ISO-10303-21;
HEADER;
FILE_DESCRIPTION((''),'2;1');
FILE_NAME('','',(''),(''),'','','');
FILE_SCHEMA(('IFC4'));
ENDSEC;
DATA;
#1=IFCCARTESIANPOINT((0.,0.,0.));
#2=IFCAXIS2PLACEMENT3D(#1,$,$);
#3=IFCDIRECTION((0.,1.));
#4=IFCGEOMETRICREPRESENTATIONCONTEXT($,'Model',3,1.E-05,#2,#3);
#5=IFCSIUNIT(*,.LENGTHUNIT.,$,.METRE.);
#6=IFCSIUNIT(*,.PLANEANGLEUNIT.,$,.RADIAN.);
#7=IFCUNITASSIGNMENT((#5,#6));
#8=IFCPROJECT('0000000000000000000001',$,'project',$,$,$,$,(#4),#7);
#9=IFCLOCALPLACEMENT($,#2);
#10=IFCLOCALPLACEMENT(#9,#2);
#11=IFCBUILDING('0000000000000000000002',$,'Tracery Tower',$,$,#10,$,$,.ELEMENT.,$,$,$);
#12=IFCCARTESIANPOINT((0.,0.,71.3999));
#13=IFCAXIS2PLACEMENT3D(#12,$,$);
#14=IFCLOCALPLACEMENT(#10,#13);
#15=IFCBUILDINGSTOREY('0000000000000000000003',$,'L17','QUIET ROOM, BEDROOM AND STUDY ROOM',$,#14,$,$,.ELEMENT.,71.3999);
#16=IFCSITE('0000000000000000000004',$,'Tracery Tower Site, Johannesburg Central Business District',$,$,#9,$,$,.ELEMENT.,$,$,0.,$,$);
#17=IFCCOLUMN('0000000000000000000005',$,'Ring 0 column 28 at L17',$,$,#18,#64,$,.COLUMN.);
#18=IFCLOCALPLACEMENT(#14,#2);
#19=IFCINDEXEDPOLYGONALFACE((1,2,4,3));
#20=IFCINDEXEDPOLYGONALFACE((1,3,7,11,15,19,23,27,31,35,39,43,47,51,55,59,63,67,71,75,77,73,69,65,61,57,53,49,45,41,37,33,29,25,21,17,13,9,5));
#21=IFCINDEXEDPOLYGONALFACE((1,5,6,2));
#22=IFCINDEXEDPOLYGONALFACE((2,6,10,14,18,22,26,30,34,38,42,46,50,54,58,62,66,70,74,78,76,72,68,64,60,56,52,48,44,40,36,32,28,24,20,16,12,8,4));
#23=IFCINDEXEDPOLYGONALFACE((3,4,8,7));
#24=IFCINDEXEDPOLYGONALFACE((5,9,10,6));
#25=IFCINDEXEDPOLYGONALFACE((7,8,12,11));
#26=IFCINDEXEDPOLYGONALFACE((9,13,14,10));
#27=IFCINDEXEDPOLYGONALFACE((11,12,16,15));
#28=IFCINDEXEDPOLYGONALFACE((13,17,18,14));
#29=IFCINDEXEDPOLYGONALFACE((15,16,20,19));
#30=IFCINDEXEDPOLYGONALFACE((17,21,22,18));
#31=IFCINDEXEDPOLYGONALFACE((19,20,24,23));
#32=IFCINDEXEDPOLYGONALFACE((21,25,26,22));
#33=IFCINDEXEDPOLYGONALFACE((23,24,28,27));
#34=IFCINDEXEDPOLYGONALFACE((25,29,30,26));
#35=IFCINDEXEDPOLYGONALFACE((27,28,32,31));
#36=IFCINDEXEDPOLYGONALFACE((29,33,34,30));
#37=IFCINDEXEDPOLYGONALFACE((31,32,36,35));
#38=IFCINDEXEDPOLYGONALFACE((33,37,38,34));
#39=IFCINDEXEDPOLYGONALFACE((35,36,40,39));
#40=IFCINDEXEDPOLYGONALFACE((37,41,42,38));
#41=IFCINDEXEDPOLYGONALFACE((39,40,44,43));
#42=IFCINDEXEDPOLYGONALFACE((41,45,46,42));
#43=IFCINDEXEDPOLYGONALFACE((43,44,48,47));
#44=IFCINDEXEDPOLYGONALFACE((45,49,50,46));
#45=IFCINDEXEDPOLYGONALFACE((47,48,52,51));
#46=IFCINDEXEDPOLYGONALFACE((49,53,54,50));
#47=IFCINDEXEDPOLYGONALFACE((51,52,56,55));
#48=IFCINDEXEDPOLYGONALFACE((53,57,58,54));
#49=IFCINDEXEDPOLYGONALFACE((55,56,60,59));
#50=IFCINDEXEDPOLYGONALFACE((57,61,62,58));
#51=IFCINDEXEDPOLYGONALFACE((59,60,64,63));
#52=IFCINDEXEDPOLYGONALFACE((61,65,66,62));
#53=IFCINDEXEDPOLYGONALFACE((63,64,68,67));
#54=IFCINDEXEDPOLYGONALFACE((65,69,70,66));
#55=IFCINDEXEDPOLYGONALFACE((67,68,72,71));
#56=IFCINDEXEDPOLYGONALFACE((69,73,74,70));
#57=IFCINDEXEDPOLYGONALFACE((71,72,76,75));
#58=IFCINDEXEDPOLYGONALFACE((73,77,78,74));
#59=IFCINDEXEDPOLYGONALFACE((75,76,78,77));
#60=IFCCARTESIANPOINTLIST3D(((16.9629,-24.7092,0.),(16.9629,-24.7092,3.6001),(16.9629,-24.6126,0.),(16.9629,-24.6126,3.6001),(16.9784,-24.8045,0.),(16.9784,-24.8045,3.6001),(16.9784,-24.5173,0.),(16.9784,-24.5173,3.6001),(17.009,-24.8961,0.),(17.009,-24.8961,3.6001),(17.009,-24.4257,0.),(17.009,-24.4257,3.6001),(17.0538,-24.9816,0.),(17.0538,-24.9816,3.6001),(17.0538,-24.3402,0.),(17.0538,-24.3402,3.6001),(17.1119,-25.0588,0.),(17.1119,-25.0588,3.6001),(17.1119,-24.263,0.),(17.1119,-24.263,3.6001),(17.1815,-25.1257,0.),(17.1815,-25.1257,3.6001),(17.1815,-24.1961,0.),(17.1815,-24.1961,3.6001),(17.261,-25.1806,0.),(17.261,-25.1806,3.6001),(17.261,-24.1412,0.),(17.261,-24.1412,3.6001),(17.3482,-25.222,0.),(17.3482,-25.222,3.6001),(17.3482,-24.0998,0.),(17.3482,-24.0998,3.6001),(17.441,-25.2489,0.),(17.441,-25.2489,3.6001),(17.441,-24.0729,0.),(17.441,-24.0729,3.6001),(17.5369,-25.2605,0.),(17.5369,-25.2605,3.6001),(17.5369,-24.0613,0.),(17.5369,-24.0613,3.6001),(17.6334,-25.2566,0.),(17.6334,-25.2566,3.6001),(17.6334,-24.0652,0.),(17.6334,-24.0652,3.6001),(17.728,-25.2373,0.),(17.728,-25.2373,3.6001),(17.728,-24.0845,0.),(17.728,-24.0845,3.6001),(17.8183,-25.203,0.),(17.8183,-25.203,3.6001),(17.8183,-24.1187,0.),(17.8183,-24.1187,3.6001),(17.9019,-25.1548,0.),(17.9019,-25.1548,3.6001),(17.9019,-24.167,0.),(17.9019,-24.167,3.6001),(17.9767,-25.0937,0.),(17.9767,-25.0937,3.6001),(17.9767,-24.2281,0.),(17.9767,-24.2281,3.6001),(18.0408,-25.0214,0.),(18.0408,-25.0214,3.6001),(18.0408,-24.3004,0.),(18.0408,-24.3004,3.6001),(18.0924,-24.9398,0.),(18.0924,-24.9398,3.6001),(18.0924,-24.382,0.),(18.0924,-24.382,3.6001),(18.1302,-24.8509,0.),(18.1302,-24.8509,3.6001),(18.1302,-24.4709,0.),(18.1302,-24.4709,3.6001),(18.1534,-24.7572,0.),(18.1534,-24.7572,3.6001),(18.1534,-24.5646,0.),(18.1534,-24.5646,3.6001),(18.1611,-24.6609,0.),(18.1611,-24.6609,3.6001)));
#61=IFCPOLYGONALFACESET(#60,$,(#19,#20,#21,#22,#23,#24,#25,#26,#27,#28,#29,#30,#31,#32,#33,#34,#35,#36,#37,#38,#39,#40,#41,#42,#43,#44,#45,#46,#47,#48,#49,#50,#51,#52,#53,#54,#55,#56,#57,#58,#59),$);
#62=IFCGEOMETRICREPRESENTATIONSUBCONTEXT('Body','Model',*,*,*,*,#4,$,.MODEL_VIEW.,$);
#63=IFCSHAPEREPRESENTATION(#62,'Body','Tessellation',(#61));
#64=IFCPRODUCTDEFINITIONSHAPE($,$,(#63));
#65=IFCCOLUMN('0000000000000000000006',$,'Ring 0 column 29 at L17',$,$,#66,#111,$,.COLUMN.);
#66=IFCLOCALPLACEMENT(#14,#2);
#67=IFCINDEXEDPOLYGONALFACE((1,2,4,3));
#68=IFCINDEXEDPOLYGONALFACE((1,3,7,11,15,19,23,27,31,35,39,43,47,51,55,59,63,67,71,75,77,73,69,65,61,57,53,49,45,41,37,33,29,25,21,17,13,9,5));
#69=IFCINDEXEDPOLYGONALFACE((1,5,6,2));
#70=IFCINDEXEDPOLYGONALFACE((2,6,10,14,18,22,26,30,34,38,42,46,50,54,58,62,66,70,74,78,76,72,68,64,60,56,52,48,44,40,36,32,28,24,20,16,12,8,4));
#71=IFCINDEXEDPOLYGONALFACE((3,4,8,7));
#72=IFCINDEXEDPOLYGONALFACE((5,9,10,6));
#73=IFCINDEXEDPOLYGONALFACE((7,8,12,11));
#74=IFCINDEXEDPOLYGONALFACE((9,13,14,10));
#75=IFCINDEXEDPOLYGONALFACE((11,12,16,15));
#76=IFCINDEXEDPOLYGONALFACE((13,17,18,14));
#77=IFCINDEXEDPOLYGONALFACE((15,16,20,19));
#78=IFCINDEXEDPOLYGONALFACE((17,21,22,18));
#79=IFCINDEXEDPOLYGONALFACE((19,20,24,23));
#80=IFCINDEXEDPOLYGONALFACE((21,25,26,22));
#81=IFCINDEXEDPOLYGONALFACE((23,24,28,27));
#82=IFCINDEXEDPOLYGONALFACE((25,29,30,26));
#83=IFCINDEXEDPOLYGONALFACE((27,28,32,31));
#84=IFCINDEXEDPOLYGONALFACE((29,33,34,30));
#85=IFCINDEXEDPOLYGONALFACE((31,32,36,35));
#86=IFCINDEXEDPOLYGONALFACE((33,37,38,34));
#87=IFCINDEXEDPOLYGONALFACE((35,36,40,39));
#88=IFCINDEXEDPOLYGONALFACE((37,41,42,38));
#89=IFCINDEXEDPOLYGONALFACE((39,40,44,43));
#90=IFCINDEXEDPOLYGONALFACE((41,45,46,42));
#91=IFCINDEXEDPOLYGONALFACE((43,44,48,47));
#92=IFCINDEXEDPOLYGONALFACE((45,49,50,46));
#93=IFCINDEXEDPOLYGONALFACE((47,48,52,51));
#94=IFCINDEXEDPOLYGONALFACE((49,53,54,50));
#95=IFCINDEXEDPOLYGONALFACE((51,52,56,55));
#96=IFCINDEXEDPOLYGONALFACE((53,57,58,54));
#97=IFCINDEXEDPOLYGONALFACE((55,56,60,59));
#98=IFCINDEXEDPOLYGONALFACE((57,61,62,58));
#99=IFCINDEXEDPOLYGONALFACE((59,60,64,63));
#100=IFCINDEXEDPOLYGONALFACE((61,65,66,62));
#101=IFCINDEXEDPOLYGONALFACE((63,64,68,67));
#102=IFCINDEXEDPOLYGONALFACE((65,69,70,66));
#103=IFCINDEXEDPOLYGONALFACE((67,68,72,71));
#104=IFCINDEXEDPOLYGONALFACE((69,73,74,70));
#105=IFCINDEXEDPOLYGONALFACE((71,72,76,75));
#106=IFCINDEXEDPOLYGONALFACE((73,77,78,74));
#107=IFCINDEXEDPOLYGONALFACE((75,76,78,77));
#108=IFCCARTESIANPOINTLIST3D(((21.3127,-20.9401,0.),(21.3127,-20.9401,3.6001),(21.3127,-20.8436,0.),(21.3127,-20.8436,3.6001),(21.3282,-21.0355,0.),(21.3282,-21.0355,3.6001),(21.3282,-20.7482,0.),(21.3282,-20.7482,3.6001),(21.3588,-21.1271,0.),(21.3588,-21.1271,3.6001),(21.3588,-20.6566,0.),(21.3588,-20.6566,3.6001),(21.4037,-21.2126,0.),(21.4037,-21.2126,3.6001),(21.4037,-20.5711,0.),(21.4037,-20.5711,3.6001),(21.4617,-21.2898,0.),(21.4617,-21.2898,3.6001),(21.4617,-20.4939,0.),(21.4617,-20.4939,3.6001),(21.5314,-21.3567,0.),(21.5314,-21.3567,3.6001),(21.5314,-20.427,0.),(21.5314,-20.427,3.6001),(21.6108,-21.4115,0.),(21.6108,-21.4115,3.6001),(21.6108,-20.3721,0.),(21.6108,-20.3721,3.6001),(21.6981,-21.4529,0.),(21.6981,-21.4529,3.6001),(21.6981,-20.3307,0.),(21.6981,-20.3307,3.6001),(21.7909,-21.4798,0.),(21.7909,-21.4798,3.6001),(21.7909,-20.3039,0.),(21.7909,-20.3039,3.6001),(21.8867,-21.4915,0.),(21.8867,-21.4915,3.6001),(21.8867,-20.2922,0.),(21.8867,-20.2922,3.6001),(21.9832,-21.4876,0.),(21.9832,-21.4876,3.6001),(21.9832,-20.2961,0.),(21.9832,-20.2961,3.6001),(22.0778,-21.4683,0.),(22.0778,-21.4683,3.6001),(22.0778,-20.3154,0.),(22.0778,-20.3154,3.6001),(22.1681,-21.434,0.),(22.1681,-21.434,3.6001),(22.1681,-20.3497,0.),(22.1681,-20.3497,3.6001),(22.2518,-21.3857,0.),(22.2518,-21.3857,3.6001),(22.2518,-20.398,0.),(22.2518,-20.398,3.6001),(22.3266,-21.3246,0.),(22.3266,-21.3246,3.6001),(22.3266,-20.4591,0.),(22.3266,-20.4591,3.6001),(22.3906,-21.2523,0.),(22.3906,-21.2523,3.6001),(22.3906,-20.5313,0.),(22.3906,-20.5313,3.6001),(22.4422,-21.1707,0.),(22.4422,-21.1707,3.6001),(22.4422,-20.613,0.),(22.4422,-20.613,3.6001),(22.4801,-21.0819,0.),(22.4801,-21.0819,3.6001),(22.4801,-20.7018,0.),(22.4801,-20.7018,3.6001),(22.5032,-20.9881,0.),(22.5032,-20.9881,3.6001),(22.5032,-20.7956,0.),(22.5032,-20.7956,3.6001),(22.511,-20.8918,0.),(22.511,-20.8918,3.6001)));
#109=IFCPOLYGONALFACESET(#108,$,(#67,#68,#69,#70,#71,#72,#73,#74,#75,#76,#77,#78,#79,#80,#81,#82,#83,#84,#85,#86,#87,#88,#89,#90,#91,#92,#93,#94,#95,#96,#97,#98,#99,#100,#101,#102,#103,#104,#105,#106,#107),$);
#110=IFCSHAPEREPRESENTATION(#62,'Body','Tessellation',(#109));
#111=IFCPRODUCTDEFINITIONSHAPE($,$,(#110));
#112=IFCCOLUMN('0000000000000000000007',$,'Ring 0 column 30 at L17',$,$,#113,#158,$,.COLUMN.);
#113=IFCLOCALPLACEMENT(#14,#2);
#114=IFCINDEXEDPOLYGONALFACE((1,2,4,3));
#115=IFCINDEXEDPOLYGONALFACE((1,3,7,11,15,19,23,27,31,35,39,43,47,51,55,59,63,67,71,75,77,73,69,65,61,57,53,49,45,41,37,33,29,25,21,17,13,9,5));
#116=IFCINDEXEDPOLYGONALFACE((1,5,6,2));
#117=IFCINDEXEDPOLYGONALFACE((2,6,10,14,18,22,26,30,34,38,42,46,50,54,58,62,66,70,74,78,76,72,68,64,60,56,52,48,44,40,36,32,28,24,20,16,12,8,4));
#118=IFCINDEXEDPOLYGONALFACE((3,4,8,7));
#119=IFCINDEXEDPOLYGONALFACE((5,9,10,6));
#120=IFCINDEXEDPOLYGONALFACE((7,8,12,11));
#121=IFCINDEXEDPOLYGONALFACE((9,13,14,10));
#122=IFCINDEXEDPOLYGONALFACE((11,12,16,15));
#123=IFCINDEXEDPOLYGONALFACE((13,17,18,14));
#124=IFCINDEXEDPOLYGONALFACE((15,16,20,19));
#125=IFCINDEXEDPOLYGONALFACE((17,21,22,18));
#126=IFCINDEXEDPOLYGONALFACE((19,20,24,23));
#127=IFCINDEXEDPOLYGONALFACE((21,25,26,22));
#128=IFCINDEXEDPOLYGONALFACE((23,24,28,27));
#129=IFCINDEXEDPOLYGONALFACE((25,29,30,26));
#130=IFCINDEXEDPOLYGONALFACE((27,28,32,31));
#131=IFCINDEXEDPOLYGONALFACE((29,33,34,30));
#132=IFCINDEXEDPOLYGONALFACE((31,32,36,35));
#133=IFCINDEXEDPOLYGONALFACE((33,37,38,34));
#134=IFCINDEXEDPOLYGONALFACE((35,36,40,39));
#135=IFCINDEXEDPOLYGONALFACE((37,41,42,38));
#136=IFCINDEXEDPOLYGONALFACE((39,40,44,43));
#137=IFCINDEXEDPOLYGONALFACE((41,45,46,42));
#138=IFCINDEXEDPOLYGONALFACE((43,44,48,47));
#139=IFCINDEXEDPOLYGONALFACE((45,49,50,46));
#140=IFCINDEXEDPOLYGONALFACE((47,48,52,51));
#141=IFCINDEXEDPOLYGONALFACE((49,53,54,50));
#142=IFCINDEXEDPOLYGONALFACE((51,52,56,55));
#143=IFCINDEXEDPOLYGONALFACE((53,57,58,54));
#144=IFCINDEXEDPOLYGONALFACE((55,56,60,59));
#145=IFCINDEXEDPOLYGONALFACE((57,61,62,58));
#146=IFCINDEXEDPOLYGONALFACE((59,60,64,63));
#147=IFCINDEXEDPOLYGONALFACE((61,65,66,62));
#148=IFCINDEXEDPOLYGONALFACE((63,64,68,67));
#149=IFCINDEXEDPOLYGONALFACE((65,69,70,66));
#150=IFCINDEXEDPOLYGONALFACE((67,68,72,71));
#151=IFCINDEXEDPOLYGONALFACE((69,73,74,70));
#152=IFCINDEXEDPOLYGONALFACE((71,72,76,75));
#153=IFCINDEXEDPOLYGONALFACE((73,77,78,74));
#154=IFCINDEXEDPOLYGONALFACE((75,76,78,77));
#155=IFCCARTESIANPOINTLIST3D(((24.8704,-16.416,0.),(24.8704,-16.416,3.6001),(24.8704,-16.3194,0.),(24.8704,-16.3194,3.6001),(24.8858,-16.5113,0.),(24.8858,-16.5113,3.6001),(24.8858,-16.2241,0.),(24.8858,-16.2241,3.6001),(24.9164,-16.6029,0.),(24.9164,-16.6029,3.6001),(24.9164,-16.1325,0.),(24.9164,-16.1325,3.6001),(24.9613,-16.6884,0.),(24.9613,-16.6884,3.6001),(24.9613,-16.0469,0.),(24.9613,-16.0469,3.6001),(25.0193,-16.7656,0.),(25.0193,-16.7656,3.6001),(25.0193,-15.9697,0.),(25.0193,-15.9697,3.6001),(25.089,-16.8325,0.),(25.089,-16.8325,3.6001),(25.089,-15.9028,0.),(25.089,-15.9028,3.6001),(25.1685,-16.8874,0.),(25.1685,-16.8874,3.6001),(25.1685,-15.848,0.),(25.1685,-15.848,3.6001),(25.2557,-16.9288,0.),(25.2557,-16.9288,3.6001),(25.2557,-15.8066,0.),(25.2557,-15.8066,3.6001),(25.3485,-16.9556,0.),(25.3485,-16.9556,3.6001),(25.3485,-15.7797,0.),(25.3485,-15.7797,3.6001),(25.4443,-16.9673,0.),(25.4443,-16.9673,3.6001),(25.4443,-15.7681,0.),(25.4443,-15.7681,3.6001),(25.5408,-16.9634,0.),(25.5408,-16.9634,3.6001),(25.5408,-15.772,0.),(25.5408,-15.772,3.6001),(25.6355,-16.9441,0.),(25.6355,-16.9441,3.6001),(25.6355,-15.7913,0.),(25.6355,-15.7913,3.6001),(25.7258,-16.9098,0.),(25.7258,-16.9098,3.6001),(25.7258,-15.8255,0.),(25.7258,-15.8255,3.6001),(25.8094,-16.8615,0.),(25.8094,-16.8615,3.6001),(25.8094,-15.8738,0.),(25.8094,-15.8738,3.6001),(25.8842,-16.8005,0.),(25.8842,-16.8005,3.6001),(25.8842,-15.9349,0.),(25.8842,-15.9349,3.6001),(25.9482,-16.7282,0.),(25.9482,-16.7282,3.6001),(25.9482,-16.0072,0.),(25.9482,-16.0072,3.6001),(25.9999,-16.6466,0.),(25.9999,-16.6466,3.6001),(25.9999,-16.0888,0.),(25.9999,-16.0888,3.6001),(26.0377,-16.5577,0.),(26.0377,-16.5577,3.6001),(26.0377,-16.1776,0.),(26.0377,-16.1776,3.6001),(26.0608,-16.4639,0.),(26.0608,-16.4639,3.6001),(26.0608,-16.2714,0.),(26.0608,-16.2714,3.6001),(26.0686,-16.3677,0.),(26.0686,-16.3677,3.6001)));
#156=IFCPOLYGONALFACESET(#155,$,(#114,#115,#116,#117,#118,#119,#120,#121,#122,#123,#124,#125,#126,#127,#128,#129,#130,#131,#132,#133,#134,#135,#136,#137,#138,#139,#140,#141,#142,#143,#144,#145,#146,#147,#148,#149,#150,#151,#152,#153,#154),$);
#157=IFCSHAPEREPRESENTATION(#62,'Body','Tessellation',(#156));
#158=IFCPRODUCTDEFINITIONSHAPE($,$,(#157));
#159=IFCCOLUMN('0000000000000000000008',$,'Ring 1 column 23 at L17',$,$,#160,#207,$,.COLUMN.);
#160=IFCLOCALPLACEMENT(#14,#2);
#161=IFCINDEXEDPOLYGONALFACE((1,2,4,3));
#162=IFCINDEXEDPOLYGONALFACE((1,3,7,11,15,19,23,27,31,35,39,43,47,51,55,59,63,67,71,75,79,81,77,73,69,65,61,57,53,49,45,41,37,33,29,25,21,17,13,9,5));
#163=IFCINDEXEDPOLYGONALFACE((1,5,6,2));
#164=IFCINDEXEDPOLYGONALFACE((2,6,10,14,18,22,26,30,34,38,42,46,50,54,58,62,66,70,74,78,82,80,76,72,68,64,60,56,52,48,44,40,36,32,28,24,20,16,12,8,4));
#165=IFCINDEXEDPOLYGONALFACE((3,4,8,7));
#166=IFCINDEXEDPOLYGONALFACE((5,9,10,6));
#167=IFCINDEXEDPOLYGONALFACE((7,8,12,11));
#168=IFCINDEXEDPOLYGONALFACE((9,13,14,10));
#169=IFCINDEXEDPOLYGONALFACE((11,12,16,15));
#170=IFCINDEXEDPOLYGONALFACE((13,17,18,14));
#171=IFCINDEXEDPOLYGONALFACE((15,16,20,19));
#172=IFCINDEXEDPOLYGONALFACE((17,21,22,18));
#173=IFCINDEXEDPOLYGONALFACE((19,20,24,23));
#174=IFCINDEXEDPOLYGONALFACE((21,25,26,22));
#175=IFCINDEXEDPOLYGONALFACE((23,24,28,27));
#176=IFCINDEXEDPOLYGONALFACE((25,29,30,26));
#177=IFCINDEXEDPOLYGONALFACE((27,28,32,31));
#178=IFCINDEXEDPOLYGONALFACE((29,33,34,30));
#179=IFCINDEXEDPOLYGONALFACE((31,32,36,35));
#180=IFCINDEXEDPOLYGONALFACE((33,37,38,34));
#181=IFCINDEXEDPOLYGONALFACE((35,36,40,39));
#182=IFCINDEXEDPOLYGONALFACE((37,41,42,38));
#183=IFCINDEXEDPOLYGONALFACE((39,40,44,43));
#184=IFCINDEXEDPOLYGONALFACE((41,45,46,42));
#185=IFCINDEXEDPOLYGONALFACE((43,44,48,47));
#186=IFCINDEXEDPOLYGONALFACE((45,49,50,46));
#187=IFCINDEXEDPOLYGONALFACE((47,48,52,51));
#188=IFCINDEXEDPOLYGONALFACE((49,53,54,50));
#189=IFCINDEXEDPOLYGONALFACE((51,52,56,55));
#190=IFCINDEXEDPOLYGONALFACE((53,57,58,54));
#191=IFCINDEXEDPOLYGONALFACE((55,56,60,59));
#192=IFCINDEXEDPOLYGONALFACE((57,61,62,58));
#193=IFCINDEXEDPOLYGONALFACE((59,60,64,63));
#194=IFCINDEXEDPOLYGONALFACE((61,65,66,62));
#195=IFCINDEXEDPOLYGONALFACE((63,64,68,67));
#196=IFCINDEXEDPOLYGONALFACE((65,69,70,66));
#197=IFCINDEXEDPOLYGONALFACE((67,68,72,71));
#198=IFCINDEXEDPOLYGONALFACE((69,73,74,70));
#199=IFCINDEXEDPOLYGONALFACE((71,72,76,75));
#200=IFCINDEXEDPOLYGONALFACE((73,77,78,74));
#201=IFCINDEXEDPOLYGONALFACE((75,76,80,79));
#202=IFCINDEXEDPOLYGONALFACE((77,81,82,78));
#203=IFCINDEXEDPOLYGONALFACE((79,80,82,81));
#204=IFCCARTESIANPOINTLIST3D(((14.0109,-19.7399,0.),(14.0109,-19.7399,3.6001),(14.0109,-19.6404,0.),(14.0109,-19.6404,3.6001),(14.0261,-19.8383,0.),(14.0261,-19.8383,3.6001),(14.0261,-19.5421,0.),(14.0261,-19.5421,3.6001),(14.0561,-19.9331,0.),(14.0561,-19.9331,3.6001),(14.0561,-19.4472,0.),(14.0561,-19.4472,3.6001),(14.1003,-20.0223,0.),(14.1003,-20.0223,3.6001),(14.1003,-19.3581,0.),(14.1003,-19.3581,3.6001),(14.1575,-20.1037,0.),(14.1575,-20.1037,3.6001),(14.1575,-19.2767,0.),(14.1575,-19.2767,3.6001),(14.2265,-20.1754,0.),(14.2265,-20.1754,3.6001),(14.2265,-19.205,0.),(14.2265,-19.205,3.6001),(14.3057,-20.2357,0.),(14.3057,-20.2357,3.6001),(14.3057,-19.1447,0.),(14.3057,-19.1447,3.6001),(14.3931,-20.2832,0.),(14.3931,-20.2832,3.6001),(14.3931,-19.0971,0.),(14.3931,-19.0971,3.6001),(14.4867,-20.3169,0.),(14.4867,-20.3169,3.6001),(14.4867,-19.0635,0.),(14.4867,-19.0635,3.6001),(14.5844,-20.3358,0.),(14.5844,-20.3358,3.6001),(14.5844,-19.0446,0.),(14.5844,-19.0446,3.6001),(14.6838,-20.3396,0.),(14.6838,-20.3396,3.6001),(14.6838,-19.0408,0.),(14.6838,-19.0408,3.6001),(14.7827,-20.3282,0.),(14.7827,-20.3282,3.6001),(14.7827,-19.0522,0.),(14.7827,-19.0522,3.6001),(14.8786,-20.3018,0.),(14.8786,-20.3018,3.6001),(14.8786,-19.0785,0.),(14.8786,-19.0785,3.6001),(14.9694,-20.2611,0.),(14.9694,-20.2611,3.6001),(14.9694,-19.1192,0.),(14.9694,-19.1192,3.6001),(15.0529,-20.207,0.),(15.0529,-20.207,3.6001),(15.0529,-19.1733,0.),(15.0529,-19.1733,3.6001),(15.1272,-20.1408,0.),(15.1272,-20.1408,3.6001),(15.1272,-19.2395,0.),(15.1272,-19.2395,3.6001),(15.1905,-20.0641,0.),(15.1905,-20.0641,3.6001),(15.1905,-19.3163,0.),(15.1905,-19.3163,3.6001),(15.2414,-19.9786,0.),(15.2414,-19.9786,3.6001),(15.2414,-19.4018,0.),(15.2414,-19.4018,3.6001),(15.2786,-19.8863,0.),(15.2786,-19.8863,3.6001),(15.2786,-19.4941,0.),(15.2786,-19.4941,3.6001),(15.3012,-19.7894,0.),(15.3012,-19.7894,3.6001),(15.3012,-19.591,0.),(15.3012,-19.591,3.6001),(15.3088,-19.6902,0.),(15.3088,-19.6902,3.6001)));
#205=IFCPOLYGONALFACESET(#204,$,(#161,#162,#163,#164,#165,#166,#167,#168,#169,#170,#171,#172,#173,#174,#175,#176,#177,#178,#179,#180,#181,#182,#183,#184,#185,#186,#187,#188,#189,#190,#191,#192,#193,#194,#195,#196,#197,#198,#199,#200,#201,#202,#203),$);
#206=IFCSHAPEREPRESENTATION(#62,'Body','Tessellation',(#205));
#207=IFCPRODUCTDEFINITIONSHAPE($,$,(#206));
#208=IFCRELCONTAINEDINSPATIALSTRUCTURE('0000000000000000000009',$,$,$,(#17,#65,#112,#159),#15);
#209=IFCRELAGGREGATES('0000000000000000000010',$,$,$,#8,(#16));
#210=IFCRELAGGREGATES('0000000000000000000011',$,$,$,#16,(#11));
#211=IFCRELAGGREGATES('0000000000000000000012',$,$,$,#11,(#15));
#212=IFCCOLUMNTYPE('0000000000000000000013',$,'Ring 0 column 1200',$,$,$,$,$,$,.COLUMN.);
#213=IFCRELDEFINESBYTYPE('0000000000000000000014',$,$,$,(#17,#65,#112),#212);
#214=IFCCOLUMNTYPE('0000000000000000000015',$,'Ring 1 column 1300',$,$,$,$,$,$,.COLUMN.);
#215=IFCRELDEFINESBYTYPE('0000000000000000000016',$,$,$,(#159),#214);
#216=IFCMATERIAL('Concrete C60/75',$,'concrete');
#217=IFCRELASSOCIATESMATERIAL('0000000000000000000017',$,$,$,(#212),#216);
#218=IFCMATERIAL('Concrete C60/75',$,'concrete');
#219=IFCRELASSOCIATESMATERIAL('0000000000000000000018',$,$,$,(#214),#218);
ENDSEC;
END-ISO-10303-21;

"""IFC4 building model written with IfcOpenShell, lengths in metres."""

from ifc_helpers import new_model, si_unit, direction, frame, origin, origin_2d, place, context, subcontext, project, spatial, circle, extrude, material, material_profile, profile_set, type_object, element, save


model = new_model("IFC4")

# Units and contexts
model_context = context("Model", 3, precision=1e-05, world=origin(), true_north=direction((0.0, 1.0)))
body_context = subcontext(model_context, "Body", "Model", "MODEL_VIEW")
ifc_project = project(units=[si_unit("LENGTHUNIT", "METRE"), si_unit("PLANEANGLEUNIT", "RADIAN")], contexts=[model_context])

# Site, building, storey
site_placement = place(None, origin())
site = spatial("IfcSite", under=ifc_project, at=site_placement, Name="Tracery Tower Site, Johannesburg Central Business District", CompositionType="ELEMENT", RefElevation=0.0)
building_placement = place(site_placement, origin())
building = spatial("IfcBuilding", under=site, at=building_placement, Name="Tracery Tower", CompositionType="ELEMENT")
storey_placement = place(building_placement, frame((0.0, 0.0, 71.3999)))
storey = spatial("IfcBuildingStorey", under=building, at=storey_placement, Name="L17", Description="QUIET ROOM, BEDROOM AND STUDY ROOM", CompositionType="ELEMENT", Elevation=71.3999)

# Columns
ifc_material_1 = material(Name="Concrete C60/75", Category="concrete")
ifc_material_profile_1 = material_profile(ifc_material_1, circle(Radius=0.6001, at=origin_2d()), Name="RC D1200")
ifc_profile_set_1 = profile_set([ifc_material_profile_1], Name="Concrete C60/75")
column_type_1 = type_object("IfcColumnType", Name="Ring 0 column 1200", PredefinedType="COLUMN", material=ifc_profile_set_1)
for number, where, z_axis, x_axis, name in (
    (1, (17.561, -24.6609, 0.0), (0.0, 0.0, 1.0), (1.0, 0.0, 0.0), "Ring 0 column 28 at L17"),
    (2, (21.9109, -20.8918, 0.0), (0.0, 0.0, 1.0), (1.0, 0.0, 0.0), "Ring 0 column 29 at L17"),
    (3, (25.4685, -16.3677, 0.0), (0.0, 0.0, 1.0), (1.0, 0.0, 0.0), "Ring 0 column 30 at L17"),
):
    element("IfcColumn", number, at=place(storey_placement, frame(where, z_axis=z_axis, x_axis=x_axis)), inside=storey, type_object=column_type_1, Name=name, PredefinedType="COLUMN", context=body_context, shape_type="SweptSolid", body=[
        extrude(circle(Radius=0.6001, at=origin_2d()), origin(), (0.0, 0.0, 1.0), 3.6001),
    ])
ifc_material_2 = material(Name="Concrete C60/75", Category="concrete")
ifc_material_profile_2 = material_profile(ifc_material_2, circle(Radius=0.6499, at=origin_2d()), Name="RC D1300")
ifc_profile_set_2 = profile_set([ifc_material_profile_2], Name="Concrete C60/75")
column_type_2 = type_object("IfcColumnType", Name="Ring 1 column 1300", PredefinedType="COLUMN", material=ifc_profile_set_2)
for number, where, z_axis, x_axis, name in (
    (4, (14.6589, -19.6902, 0.0), (0.0, 0.0, 1.0), (1.0, 0.0, 0.0), "Ring 1 column 23 at L17"),
):
    element("IfcColumn", number, at=place(storey_placement, frame(where, z_axis=z_axis, x_axis=x_axis)), inside=storey, type_object=column_type_2, Name=name, PredefinedType="COLUMN", context=body_context, shape_type="SweptSolid", body=[
        extrude(circle(Radius=0.6499, at=origin_2d()), origin(), (0.0, 0.0, 1.0), 3.6001),
    ])

save(model, "model.ifc")
